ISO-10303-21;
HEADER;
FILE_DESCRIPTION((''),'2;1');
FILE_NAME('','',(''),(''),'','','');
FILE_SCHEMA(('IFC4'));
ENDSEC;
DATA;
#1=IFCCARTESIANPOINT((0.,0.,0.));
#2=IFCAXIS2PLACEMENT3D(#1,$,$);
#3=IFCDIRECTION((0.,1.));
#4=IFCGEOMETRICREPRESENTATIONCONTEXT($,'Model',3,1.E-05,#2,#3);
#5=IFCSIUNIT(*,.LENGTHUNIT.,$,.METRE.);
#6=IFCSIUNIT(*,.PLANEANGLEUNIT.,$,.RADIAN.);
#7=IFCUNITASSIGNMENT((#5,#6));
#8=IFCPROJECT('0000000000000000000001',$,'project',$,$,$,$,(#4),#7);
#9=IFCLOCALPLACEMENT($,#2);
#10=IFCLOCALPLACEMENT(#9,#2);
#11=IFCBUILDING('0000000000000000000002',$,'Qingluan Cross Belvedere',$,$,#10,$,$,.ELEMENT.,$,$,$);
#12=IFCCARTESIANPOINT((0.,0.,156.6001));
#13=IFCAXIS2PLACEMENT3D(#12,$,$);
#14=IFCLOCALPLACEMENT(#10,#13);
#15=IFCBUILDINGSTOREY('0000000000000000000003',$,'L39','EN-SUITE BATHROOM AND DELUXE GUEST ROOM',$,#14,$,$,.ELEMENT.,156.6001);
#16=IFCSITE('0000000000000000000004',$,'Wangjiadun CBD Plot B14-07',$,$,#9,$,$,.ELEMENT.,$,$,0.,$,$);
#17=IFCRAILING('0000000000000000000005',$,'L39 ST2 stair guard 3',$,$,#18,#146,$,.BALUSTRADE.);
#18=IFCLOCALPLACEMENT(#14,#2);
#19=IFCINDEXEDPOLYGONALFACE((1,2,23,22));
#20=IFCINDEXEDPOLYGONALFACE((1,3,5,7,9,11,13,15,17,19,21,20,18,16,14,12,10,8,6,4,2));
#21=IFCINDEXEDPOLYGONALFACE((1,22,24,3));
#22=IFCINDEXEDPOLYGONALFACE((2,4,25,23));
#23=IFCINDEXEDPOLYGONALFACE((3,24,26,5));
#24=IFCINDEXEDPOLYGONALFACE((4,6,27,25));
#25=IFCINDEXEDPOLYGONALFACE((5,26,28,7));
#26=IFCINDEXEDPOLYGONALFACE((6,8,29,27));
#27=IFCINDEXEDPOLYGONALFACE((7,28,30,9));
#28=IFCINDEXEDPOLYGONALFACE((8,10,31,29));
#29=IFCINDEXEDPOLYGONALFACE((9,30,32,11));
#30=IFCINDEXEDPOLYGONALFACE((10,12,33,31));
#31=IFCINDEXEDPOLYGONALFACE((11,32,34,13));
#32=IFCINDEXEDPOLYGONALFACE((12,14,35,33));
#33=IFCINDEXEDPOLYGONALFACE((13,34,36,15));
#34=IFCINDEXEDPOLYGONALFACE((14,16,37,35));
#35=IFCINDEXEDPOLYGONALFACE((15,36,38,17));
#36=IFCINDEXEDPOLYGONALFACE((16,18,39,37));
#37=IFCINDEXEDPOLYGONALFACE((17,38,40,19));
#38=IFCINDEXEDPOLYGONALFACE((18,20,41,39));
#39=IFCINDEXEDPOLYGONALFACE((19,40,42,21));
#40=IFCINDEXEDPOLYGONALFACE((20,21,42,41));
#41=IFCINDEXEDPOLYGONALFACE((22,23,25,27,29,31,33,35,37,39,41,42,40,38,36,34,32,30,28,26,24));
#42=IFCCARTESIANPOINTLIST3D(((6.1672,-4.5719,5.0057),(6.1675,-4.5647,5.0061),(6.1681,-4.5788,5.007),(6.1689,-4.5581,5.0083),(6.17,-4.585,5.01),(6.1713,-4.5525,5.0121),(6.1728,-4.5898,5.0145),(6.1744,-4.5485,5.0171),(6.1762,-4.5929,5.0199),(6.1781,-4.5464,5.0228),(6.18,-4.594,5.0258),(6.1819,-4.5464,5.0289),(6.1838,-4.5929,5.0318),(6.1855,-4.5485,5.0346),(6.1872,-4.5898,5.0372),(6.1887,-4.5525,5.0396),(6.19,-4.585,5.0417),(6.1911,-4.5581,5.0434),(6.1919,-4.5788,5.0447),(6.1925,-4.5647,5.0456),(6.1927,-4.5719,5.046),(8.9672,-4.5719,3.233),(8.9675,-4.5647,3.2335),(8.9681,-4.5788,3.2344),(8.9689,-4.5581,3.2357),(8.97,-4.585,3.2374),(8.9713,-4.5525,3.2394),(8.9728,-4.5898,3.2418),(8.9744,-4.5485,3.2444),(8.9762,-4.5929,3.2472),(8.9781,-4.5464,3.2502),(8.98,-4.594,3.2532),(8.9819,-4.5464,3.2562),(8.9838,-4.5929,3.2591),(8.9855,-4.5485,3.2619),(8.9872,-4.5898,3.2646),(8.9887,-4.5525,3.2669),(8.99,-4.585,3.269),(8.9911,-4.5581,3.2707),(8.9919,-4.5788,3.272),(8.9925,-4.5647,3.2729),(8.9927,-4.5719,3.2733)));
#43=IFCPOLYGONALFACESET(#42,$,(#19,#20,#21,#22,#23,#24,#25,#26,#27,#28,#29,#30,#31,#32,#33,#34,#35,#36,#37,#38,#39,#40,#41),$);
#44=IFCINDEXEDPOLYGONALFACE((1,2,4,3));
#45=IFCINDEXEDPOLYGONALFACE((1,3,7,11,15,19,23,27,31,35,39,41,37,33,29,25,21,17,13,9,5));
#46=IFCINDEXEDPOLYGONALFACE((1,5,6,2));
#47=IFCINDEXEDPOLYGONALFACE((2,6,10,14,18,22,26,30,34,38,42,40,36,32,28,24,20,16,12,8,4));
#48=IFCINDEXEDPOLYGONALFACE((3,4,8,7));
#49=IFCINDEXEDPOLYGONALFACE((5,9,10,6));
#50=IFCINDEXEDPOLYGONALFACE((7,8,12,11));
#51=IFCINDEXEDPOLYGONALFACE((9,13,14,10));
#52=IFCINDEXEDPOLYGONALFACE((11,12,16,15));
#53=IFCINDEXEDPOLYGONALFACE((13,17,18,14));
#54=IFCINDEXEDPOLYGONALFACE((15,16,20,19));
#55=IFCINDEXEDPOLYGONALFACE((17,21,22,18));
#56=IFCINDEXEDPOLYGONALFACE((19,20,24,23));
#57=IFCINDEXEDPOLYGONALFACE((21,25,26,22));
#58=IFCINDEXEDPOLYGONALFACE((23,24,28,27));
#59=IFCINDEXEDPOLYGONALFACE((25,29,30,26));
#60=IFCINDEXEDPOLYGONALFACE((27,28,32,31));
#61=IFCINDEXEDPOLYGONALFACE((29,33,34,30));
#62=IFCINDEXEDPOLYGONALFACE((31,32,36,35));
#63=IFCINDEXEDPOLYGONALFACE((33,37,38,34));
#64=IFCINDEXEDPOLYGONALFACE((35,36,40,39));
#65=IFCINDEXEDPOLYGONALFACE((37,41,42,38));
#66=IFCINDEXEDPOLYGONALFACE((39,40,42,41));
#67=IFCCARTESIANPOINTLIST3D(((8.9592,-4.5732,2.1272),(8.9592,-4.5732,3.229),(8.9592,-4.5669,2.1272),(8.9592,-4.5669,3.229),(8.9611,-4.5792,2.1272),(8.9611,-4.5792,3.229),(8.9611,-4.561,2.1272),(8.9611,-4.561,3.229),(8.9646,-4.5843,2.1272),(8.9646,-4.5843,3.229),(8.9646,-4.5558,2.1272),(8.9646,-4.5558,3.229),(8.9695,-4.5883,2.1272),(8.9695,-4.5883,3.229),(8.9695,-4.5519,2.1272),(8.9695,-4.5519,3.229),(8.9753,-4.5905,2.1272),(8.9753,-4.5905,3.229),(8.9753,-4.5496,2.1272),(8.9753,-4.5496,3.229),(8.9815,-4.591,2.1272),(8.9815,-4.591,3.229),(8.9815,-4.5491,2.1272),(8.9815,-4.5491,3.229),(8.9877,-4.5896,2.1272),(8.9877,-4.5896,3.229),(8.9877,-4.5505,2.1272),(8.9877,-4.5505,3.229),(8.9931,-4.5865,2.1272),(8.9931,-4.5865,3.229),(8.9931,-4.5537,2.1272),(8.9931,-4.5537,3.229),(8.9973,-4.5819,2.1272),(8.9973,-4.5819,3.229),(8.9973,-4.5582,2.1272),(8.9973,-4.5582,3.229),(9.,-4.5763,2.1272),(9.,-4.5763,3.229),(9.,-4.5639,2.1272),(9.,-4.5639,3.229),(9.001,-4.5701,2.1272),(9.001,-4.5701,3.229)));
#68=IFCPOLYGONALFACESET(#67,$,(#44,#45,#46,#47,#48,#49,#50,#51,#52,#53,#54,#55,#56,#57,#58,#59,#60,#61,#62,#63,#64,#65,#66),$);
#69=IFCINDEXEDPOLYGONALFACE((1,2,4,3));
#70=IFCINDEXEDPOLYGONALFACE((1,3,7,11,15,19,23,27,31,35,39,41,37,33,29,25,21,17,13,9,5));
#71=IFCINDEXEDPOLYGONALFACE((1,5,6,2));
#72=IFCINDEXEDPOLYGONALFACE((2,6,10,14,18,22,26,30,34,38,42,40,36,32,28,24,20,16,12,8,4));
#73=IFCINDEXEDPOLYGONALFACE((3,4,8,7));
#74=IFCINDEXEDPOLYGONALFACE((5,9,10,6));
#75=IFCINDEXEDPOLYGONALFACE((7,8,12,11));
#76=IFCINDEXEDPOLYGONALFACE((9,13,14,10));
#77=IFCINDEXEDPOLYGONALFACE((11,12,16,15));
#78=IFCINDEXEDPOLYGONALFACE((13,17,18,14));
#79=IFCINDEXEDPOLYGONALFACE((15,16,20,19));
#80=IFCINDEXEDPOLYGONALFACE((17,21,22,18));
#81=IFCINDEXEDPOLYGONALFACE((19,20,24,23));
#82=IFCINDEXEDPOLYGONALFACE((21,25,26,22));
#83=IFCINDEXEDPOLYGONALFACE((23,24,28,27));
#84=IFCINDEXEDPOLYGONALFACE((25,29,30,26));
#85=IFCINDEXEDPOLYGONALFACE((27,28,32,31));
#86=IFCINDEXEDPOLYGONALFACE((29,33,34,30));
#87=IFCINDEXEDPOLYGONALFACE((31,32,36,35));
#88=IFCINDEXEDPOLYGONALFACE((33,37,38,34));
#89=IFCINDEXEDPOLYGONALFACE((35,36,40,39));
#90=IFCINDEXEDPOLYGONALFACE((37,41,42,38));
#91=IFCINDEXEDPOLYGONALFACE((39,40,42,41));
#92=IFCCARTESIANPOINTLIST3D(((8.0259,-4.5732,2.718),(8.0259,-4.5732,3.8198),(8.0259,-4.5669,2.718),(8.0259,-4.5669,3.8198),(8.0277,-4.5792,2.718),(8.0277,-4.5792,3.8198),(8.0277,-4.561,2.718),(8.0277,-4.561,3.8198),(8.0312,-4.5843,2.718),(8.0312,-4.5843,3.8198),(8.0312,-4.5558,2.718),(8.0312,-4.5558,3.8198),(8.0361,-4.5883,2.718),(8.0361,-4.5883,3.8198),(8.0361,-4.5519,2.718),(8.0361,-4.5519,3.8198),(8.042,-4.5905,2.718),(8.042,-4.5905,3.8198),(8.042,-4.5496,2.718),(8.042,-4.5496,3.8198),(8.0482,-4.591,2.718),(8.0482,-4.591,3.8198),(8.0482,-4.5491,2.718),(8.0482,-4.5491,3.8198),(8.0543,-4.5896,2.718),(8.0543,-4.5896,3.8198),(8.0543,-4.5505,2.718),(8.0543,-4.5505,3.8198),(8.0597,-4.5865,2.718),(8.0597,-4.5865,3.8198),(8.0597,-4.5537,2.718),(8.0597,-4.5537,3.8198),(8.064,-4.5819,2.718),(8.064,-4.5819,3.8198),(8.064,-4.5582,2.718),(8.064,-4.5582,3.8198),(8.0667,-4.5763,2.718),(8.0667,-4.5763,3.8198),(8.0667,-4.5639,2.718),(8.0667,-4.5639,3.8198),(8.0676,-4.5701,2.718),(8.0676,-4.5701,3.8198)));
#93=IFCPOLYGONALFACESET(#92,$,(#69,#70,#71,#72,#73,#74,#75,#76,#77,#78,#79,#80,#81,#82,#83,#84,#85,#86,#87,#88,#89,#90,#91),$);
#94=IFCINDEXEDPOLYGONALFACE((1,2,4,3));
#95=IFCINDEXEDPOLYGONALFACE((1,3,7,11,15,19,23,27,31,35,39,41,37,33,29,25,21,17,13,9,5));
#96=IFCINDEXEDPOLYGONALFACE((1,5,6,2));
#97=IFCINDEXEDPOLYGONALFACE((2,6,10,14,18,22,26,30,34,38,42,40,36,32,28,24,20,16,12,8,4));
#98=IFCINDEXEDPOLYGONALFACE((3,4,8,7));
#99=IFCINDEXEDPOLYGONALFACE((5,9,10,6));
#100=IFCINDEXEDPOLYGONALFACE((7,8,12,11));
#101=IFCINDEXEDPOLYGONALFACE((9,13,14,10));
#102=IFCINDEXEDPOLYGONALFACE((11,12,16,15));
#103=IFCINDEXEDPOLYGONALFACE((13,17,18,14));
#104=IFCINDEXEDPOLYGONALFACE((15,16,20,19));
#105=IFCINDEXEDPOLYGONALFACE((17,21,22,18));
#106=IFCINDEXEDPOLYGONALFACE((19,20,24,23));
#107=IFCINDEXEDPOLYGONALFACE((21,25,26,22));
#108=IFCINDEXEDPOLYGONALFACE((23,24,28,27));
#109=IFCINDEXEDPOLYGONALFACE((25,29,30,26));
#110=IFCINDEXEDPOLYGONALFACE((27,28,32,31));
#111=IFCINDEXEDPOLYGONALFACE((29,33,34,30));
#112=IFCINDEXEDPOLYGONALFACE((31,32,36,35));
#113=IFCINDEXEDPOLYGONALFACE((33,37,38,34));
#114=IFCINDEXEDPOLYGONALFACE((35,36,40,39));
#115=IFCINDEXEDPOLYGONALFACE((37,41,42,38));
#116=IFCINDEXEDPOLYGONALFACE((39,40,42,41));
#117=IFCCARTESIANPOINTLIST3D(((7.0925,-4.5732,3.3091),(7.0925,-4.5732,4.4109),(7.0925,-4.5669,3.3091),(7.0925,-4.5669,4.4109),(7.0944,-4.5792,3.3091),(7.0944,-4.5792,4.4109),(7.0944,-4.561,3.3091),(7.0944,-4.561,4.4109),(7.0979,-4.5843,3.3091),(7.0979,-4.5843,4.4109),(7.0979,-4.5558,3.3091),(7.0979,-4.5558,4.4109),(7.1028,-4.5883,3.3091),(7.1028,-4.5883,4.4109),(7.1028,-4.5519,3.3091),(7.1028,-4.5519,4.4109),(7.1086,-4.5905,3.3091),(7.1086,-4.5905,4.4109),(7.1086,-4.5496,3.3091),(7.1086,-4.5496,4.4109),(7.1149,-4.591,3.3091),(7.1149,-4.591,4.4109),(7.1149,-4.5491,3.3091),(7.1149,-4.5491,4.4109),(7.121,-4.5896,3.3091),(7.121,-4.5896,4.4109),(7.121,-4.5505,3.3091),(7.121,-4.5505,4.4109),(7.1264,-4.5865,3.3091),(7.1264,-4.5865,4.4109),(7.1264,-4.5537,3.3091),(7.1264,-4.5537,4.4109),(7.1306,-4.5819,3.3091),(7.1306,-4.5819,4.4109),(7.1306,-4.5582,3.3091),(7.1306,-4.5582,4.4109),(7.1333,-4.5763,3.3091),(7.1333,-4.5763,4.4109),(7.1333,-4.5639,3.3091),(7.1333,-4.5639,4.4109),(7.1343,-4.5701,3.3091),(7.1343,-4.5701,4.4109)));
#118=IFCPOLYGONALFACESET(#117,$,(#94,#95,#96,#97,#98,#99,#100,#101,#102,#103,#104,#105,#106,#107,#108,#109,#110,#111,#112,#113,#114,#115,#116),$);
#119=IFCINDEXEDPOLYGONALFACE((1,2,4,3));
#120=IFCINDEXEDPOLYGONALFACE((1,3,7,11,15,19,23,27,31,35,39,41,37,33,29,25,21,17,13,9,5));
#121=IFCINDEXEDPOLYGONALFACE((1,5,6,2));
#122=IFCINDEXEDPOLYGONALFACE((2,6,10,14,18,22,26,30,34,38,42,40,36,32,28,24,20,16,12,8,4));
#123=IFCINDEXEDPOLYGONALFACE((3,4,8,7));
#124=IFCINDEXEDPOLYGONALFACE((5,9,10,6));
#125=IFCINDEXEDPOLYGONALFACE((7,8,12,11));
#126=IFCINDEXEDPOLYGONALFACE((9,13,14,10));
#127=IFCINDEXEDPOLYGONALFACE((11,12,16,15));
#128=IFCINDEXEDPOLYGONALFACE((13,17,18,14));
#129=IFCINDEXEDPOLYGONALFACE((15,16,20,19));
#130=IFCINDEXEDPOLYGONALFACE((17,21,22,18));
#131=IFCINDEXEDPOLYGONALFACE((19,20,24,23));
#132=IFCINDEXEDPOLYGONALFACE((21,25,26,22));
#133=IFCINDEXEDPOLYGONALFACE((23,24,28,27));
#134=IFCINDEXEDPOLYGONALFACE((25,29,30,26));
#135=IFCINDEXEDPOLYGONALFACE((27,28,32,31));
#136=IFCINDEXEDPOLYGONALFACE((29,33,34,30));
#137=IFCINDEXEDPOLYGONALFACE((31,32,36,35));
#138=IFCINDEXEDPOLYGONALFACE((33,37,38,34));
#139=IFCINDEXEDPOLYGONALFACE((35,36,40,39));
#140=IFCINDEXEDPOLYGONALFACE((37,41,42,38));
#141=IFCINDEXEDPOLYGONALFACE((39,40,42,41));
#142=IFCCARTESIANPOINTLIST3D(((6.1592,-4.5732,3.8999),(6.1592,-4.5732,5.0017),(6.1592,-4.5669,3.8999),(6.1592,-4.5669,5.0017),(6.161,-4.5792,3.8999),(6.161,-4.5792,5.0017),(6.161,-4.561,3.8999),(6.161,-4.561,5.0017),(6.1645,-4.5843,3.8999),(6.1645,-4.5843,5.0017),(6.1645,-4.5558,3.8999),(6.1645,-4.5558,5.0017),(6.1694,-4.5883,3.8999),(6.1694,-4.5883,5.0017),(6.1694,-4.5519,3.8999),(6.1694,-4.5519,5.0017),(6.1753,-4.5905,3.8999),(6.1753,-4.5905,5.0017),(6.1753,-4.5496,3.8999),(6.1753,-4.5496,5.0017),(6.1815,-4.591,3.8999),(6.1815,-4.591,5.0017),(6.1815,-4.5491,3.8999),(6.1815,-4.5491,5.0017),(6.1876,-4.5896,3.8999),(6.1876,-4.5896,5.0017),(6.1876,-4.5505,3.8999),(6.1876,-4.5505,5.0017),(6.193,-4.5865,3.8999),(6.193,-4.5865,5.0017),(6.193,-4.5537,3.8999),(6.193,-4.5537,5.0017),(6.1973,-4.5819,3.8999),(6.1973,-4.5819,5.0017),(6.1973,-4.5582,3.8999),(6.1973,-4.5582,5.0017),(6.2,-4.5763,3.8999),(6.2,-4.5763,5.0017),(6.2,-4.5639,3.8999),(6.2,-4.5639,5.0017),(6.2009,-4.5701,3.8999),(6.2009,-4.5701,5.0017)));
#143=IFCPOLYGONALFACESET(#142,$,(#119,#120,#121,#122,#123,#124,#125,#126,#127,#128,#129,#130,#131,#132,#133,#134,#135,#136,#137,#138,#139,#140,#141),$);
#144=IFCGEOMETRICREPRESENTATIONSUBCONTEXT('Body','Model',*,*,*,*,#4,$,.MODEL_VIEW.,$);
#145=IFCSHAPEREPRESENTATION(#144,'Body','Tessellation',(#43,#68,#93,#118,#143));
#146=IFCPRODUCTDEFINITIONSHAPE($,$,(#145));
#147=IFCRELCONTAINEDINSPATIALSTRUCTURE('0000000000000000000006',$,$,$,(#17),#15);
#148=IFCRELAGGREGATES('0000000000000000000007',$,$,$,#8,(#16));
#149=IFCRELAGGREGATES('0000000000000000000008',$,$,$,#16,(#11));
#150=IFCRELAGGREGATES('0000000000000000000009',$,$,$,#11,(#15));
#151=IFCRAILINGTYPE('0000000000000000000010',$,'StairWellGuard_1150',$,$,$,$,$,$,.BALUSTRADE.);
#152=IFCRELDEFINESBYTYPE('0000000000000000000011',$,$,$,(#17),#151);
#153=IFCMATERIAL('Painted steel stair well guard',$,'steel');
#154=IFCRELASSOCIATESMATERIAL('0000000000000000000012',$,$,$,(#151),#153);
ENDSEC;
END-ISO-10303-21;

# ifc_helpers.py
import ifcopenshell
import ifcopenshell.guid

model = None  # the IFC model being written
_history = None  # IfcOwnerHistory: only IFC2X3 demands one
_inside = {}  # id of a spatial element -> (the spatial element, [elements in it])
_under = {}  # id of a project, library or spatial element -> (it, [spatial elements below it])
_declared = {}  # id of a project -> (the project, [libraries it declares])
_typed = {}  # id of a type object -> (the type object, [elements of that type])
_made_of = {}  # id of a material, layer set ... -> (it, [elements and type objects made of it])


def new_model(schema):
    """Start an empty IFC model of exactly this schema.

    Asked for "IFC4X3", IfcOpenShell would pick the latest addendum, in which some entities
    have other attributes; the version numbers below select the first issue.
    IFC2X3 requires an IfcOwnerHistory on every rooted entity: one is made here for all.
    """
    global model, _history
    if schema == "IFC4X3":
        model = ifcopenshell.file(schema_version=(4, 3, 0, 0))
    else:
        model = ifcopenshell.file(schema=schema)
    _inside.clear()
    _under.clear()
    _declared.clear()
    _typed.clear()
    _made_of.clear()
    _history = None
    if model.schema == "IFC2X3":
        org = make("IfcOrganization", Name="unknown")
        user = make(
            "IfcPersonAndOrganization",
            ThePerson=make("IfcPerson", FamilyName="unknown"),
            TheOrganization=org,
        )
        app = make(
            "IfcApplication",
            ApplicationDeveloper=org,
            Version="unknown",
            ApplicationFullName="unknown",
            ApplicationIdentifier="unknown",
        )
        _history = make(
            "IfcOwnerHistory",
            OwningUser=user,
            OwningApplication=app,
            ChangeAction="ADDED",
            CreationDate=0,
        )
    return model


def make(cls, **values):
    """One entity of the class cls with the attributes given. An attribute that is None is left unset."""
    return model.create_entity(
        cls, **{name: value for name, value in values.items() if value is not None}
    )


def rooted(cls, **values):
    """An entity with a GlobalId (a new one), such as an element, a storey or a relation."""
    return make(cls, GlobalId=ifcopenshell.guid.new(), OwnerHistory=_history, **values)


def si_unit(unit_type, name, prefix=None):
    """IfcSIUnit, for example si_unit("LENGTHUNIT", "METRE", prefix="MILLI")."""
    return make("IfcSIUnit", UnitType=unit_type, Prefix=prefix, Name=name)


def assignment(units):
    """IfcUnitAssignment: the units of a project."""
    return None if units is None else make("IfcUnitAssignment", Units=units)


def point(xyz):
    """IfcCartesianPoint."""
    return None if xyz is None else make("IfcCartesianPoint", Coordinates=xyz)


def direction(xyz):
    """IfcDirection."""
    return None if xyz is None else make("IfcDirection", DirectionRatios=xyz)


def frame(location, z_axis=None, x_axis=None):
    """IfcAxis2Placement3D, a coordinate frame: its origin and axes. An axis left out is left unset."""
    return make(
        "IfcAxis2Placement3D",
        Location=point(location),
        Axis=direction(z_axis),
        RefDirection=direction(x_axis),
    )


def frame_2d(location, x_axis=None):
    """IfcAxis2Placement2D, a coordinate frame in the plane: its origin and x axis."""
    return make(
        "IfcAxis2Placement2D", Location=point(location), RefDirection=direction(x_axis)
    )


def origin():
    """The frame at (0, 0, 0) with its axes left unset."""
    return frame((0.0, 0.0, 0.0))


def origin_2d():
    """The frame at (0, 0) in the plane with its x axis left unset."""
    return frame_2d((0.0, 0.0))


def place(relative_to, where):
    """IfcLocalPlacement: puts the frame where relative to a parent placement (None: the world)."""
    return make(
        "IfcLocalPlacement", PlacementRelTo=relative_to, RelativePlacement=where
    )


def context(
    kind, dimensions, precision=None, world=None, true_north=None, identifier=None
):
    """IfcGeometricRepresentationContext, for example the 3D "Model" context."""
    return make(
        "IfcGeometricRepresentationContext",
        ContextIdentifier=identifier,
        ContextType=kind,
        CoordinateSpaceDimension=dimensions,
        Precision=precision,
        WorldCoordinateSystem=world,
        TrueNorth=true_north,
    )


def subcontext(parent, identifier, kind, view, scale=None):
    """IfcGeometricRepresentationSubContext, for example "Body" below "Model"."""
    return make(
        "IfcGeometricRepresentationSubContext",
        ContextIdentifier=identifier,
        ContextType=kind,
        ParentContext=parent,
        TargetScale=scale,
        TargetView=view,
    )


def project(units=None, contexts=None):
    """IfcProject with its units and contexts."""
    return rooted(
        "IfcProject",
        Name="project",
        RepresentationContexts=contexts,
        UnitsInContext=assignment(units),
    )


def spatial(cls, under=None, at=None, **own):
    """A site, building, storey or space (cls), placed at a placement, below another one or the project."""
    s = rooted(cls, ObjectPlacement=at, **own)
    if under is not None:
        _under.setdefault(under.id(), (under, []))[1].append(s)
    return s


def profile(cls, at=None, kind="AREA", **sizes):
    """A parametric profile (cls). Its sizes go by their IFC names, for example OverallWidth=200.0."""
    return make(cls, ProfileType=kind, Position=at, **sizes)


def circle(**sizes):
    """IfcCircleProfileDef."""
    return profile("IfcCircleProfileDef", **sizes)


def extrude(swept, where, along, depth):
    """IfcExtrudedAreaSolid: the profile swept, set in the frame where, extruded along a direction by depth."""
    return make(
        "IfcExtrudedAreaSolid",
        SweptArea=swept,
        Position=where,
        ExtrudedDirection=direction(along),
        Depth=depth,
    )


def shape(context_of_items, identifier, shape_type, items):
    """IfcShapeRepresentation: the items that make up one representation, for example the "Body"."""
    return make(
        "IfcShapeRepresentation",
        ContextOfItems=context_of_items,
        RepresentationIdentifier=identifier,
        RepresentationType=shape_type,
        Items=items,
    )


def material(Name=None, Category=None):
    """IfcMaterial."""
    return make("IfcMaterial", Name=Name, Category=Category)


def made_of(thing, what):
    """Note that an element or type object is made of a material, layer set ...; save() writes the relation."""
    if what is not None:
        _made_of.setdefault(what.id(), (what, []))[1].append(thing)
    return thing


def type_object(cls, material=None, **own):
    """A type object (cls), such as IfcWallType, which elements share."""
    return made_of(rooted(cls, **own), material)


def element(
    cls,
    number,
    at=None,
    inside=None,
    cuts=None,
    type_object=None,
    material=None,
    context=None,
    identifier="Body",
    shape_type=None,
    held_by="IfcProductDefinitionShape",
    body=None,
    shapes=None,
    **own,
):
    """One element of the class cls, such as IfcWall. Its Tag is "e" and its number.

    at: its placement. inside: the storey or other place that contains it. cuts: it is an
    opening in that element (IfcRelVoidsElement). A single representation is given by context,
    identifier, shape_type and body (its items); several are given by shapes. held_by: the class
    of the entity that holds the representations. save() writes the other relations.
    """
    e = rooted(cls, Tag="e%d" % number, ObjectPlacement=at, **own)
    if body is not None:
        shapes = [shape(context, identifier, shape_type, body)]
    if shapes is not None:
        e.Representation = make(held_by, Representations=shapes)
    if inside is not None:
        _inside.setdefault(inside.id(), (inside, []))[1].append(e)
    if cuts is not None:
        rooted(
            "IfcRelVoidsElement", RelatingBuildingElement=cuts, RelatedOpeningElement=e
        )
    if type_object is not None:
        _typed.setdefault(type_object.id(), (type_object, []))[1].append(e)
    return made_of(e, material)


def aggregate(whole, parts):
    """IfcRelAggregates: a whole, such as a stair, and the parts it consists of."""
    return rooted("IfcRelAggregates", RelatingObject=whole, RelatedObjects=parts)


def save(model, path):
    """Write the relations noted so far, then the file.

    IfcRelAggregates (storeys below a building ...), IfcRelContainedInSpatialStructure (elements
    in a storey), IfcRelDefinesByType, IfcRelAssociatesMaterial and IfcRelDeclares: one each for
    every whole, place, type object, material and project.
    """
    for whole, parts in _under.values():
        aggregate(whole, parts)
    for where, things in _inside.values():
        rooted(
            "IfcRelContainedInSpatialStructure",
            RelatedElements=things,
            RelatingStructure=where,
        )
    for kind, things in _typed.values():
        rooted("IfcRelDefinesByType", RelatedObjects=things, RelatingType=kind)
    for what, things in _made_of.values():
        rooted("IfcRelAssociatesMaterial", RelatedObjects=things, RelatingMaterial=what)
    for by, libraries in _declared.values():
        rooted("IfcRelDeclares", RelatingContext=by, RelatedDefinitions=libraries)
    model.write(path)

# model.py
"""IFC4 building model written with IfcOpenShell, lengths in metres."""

from ifc_helpers import new_model, si_unit, direction, frame, origin, origin_2d, place, context, subcontext, project, spatial, circle, extrude, material, type_object, element, save


model = new_model("IFC4")

# Units and contexts
model_context = context("Model", 3, precision=1e-05, world=origin(), true_north=direction((0.0, 1.0)))
body_context = subcontext(model_context, "Body", "Model", "MODEL_VIEW")
ifc_project = project(units=[si_unit("LENGTHUNIT", "METRE"), si_unit("PLANEANGLEUNIT", "RADIAN")], contexts=[model_context])

# Site, building, storey
site_placement = place(None, origin())
site = spatial("IfcSite", under=ifc_project, at=site_placement, Name="Wangjiadun CBD Plot B14-07", CompositionType="ELEMENT", RefElevation=0.0)
building_placement = place(site_placement, origin())
building = spatial("IfcBuilding", under=site, at=building_placement, Name="Qingluan Cross Belvedere", CompositionType="ELEMENT")
storey_placement = place(building_placement, frame((0.0, 0.0, 156.6001)))
storey = spatial("IfcBuildingStorey", under=building, at=storey_placement, Name="L39", Description="EN-SUITE BATHROOM AND DELUXE GUEST ROOM", CompositionType="ELEMENT", Elevation=156.6001)

# Railing
ifc_material_1 = material(Name="Painted steel stair well guard", Category="steel")
railing_type_1 = type_object("IfcRailingType", Name="StairWellGuard_1150", PredefinedType="BALUSTRADE", material=ifc_material_1)
railing_1_placement = place(storey_placement, frame((8.98, -4.5701, 2.1272)))
element("IfcRailing", 1, at=railing_1_placement, inside=storey, type_object=railing_type_1, Name="L39 ST2 stair guard 3", PredefinedType="BALUSTRADE", context=body_context, shape_type="SweptSolid", body=[
    extrude(circle(Radius=0.0239, at=origin_2d()), frame((0.0, 0.0, 1.126), z_axis=(-0.844909, 0.0, 0.53491), x_axis=(0.0, -1.0, 0.0)), (0.0, 0.0, 1.0), 3.314),
    extrude(circle(Radius=0.021, at=origin_2d()), origin(), (0.0, 0.0, 1.0), 1.1018),
    extrude(circle(Radius=0.021, at=origin_2d()), frame((-0.9333, 0.0, 0.5908)), (0.0, 0.0, 1.0), 1.1018),
    extrude(circle(Radius=0.021, at=origin_2d()), frame((-1.8667, 0.0, 1.1819)), (0.0, 0.0, 1.0), 1.1018),
    extrude(circle(Radius=0.021, at=origin_2d()), frame((-2.8, 0.0, 1.7727)), (0.0, 0.0, 1.0), 1.1018),
])

save(model, "model.ifc")
